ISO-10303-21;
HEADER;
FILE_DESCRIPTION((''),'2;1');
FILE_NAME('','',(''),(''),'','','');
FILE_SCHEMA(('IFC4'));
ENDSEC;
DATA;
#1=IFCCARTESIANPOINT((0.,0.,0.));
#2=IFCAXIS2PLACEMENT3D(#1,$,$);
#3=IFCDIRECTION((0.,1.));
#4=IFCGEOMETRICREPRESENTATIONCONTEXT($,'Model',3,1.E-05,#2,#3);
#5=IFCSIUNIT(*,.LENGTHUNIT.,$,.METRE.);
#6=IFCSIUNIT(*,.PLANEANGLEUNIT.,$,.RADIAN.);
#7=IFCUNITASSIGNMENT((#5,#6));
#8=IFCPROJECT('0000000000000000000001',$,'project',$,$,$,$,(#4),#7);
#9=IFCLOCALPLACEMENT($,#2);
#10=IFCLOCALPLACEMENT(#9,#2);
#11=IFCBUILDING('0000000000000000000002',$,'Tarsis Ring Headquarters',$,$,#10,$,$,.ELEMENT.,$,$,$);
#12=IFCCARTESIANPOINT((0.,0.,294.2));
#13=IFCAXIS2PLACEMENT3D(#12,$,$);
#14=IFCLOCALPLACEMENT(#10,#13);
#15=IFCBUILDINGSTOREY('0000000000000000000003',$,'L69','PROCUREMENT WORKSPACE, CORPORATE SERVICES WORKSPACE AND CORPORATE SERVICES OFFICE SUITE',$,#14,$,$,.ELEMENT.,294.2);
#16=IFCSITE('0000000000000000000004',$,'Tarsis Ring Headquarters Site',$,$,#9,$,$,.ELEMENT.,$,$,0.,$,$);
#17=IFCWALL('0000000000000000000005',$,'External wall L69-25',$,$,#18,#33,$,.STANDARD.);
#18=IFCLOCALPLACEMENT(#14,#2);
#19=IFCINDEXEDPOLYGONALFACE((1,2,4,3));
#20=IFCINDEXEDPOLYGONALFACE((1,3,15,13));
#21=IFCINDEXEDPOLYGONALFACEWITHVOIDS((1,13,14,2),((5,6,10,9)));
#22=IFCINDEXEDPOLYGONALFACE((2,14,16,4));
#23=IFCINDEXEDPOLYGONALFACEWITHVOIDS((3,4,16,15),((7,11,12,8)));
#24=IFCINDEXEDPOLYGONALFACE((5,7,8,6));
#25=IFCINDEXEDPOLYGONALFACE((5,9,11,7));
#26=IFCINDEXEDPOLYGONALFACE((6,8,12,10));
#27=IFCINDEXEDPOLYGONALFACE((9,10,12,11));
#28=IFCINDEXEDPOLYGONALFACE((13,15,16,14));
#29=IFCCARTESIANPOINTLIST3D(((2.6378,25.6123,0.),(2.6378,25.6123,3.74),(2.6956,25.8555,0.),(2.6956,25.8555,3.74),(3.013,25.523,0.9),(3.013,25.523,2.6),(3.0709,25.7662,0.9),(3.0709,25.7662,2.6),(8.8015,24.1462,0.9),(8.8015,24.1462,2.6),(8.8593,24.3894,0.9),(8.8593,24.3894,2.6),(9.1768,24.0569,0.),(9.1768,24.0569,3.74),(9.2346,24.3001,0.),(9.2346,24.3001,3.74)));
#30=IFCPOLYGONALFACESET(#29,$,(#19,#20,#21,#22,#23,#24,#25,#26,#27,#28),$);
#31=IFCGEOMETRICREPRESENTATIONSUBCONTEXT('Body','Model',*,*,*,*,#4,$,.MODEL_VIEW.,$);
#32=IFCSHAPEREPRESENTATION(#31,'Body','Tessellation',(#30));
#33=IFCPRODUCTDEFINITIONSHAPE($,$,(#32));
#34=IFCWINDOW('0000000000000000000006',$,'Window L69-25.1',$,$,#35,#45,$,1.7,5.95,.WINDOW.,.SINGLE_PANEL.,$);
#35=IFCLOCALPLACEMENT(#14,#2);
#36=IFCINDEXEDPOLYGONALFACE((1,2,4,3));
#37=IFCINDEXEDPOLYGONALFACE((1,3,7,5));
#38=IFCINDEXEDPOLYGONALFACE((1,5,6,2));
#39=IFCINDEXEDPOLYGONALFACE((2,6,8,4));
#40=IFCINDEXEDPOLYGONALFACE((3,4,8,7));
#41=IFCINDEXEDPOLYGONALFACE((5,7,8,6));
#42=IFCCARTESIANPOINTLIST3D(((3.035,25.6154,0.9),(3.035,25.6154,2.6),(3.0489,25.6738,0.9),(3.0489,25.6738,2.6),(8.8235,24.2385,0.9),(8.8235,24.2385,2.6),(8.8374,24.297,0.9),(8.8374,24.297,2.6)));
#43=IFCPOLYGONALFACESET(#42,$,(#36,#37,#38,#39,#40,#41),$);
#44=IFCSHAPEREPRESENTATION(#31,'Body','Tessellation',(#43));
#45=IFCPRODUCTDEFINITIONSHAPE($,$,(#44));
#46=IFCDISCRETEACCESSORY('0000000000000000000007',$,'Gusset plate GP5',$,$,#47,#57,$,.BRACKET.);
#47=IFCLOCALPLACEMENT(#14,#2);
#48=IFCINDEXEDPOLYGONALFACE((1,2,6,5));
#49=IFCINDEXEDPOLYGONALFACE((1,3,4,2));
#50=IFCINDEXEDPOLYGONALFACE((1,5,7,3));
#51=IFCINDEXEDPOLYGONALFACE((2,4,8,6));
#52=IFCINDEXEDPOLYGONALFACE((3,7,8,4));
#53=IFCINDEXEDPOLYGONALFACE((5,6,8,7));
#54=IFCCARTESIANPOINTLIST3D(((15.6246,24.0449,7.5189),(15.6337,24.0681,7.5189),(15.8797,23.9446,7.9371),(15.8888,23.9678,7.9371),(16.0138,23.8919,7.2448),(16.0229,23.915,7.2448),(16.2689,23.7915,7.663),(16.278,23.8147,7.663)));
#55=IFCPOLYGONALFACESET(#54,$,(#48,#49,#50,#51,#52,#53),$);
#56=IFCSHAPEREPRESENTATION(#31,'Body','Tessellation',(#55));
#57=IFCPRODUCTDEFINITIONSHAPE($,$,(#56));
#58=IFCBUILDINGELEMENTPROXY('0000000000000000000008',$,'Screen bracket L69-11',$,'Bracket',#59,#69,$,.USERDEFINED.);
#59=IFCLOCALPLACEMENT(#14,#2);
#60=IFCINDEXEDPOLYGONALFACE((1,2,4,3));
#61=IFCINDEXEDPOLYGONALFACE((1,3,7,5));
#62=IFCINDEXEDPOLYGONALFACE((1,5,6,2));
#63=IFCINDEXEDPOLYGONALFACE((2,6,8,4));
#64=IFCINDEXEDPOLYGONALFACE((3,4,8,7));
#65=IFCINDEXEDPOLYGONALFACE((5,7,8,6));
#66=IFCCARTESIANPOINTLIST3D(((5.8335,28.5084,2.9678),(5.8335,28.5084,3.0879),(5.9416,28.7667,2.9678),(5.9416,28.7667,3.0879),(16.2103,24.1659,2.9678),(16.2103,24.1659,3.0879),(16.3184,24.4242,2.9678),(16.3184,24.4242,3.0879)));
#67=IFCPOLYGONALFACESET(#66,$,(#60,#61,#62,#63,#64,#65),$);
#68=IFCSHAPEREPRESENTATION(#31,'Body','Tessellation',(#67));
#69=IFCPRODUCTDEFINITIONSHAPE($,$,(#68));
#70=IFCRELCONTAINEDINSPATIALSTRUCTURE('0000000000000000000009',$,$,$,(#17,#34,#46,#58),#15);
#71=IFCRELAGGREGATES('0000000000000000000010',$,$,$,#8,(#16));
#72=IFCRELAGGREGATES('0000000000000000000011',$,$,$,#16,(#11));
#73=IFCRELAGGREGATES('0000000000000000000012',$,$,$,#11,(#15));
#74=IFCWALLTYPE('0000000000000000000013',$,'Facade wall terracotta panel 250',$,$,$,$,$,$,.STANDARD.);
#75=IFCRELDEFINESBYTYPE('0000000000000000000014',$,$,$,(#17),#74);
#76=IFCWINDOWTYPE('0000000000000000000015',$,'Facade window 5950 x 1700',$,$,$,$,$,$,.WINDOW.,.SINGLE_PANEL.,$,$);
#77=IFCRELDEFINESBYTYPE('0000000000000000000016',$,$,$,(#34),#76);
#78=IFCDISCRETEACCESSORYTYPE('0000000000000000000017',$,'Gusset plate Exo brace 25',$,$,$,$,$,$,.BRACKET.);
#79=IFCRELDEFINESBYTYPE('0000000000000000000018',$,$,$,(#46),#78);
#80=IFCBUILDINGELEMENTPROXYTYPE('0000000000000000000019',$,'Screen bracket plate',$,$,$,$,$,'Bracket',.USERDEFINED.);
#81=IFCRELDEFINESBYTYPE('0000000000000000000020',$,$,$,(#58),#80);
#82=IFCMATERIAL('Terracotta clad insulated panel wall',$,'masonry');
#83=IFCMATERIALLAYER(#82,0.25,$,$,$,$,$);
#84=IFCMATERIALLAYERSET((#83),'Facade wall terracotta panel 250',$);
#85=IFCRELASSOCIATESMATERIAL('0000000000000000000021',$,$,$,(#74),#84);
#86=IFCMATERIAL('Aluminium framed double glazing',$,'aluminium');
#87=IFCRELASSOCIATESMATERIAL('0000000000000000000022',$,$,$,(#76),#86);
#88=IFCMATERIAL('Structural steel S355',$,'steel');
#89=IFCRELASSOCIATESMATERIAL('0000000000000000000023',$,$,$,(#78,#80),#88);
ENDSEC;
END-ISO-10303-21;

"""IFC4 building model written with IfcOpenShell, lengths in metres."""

from ifc_helpers import new_model, si_unit, direction, frame, frame_2d, origin, origin_2d, place, context, subcontext, project, spatial, rectangle, extrude, material, layer, layer_set, material_profile, profile_set, type_object, element, fill, save


model = new_model("IFC4")

# Units and contexts
model_context = context("Model", 3, precision=1e-05, world=origin(), true_north=direction((0.0, 1.0)))
body_context = subcontext(model_context, "Body", "Model", "MODEL_VIEW")
ifc_project = project(units=[si_unit("LENGTHUNIT", "METRE"), si_unit("PLANEANGLEUNIT", "RADIAN")], contexts=[model_context])

# Site, building, storey
site_placement = place(None, origin())
site = spatial("IfcSite", under=ifc_project, at=site_placement, Name="Tarsis Ring Headquarters Site", CompositionType="ELEMENT", RefElevation=0.0)
building_placement = place(site_placement, origin())
building = spatial("IfcBuilding", under=site, at=building_placement, Name="Tarsis Ring Headquarters", CompositionType="ELEMENT")
storey_placement = place(building_placement, frame((0.0, 0.0, 294.2)))
storey = spatial("IfcBuildingStorey", under=building, at=storey_placement, Name="L69", Description="PROCUREMENT WORKSPACE, CORPORATE SERVICES WORKSPACE AND CORPORATE SERVICES OFFICE SUITE", CompositionType="ELEMENT", Elevation=294.2)

# Shared definitions
ifc_material_1 = material(Name="Structural steel S355", Category="steel")

# Wall, opening, window
ifc_material_2 = material(Name="Terracotta clad insulated panel wall", Category="masonry")
ifc_layer = layer(ifc_material_2, 0.25)
ifc_layer_set = layer_set([ifc_layer], Name="Facade wall terracotta panel 250")
wall_type = type_object("IfcWallType", Name="Facade wall terracotta panel 250", PredefinedType="STANDARD", material=ifc_layer_set)
ifc_material_3 = material(Name="Aluminium framed double glazing", Category="aluminium")
window_type = type_object("IfcWindowType", Name="Facade window 5950 x 1700", PartitioningType="SINGLE_PANEL", PredefinedType="WINDOW", material=ifc_material_3)
wall_1_placement = place(storey_placement, frame((9.2058, 24.1785, 0.0), z_axis=(0.0, 0.0, 1.0), x_axis=(-0.972856, 0.231409, 0.0)))
wall_1 = element("IfcWall", 1, at=wall_1_placement, inside=storey, type_object=wall_type, Name="External wall L69-25", PredefinedType="STANDARD", context=body_context, shape_type="SweptSolid", body=[
    extrude(rectangle(XDim=6.7214, YDim=0.25, at=frame_2d((3.3608, 0.0))), origin(), (0.0, 0.0, 1.0), 3.74),
])
opening_1_placement = place(wall_1_placement, frame((0.3857, 0.0, 0.8999)))
opening_1 = element("IfcOpeningElement", 2, at=opening_1_placement, cuts=wall_1, PredefinedType="OPENING", context=body_context, shape_type="SweptSolid", body=[
    extrude(rectangle(XDim=5.95, YDim=1.7, at=frame_2d((2.9751, 0.8501))), frame((0.0, 0.135, 0.0), z_axis=(0.0, -1.0, 0.0), x_axis=(1.0, 0.0, 0.0)), (0.0, 0.0, 1.0), 0.27),
])
window_1_placement = place(opening_1_placement, origin())
window_1 = element("IfcWindow", 3, at=window_1_placement, inside=storey, type_object=window_type, Name="Window L69-25.1", OverallHeight=1.7, OverallWidth=5.95, PartitioningType="SINGLE_PANEL", PredefinedType="WINDOW", context=body_context, shape_type="SweptSolid", body=[
    extrude(rectangle(XDim=5.95, YDim=1.7, at=frame_2d((2.9751, 0.8501))), frame((0.0, 0.03, 0.0), z_axis=(0.0, -1.0, 0.0), x_axis=(1.0, 0.0, 0.0)), (0.0, 0.0, 1.0), 0.0601),
])
fill(opening_1, window_1)

# Discrete accessory
ifc_material_profile_1 = material_profile(ifc_material_1, rectangle(XDim=0.0249, YDim=0.5, at=origin_2d()), Name="PL 25x500")
ifc_profile_set_1 = profile_set([ifc_material_profile_1], Name="Structural steel S355")
discrete_accessory_type = type_object("IfcDiscreteAccessoryType", Name="Gusset plate Exo brace 25", PredefinedType="BRACKET", material=ifc_profile_set_1)
discrete_accessory_placement = place(storey_placement, frame((16.0789, 23.8796, 7.8), z_axis=(-0.510192, 0.200659, -0.836325), x_axis=(-0.366011, -0.930611, 0.0)))
element("IfcDiscreteAccessory", 4, at=discrete_accessory_placement, inside=storey, type_object=discrete_accessory_type, Name="Gusset plate GP5", PredefinedType="BRACKET", context=body_context, shape_type="SweptSolid", body=[
    extrude(rectangle(XDim=0.0249, YDim=0.5, at=origin_2d()), origin(), (0.0, 0.0, 1.0), 0.5),
])

# Building element proxy
building_element_proxy_type = type_object("IfcBuildingElementProxyType", Name="Screen bracket plate", ElementType="Bracket", PredefinedType="USERDEFINED", material=ifc_material_1)
proxy_placement = place(storey_placement, frame((11.0759, 26.4663, 2.9678), z_axis=(0.0, 0.0, 1.0), x_axis=(-0.922479, 0.386047, 0.0)))
element("IfcBuildingElementProxy", 5, at=proxy_placement, inside=storey, type_object=building_element_proxy_type, Name="Screen bracket L69-11", ObjectType="Bracket", PredefinedType="USERDEFINED", context=body_context, shape_type="SweptSolid", body=[
    extrude(rectangle(XDim=11.2488, YDim=0.28, at=origin_2d()), origin(), (0.0, 0.0, 1.0), 0.1201),
])

save(model, "model.ifc")
